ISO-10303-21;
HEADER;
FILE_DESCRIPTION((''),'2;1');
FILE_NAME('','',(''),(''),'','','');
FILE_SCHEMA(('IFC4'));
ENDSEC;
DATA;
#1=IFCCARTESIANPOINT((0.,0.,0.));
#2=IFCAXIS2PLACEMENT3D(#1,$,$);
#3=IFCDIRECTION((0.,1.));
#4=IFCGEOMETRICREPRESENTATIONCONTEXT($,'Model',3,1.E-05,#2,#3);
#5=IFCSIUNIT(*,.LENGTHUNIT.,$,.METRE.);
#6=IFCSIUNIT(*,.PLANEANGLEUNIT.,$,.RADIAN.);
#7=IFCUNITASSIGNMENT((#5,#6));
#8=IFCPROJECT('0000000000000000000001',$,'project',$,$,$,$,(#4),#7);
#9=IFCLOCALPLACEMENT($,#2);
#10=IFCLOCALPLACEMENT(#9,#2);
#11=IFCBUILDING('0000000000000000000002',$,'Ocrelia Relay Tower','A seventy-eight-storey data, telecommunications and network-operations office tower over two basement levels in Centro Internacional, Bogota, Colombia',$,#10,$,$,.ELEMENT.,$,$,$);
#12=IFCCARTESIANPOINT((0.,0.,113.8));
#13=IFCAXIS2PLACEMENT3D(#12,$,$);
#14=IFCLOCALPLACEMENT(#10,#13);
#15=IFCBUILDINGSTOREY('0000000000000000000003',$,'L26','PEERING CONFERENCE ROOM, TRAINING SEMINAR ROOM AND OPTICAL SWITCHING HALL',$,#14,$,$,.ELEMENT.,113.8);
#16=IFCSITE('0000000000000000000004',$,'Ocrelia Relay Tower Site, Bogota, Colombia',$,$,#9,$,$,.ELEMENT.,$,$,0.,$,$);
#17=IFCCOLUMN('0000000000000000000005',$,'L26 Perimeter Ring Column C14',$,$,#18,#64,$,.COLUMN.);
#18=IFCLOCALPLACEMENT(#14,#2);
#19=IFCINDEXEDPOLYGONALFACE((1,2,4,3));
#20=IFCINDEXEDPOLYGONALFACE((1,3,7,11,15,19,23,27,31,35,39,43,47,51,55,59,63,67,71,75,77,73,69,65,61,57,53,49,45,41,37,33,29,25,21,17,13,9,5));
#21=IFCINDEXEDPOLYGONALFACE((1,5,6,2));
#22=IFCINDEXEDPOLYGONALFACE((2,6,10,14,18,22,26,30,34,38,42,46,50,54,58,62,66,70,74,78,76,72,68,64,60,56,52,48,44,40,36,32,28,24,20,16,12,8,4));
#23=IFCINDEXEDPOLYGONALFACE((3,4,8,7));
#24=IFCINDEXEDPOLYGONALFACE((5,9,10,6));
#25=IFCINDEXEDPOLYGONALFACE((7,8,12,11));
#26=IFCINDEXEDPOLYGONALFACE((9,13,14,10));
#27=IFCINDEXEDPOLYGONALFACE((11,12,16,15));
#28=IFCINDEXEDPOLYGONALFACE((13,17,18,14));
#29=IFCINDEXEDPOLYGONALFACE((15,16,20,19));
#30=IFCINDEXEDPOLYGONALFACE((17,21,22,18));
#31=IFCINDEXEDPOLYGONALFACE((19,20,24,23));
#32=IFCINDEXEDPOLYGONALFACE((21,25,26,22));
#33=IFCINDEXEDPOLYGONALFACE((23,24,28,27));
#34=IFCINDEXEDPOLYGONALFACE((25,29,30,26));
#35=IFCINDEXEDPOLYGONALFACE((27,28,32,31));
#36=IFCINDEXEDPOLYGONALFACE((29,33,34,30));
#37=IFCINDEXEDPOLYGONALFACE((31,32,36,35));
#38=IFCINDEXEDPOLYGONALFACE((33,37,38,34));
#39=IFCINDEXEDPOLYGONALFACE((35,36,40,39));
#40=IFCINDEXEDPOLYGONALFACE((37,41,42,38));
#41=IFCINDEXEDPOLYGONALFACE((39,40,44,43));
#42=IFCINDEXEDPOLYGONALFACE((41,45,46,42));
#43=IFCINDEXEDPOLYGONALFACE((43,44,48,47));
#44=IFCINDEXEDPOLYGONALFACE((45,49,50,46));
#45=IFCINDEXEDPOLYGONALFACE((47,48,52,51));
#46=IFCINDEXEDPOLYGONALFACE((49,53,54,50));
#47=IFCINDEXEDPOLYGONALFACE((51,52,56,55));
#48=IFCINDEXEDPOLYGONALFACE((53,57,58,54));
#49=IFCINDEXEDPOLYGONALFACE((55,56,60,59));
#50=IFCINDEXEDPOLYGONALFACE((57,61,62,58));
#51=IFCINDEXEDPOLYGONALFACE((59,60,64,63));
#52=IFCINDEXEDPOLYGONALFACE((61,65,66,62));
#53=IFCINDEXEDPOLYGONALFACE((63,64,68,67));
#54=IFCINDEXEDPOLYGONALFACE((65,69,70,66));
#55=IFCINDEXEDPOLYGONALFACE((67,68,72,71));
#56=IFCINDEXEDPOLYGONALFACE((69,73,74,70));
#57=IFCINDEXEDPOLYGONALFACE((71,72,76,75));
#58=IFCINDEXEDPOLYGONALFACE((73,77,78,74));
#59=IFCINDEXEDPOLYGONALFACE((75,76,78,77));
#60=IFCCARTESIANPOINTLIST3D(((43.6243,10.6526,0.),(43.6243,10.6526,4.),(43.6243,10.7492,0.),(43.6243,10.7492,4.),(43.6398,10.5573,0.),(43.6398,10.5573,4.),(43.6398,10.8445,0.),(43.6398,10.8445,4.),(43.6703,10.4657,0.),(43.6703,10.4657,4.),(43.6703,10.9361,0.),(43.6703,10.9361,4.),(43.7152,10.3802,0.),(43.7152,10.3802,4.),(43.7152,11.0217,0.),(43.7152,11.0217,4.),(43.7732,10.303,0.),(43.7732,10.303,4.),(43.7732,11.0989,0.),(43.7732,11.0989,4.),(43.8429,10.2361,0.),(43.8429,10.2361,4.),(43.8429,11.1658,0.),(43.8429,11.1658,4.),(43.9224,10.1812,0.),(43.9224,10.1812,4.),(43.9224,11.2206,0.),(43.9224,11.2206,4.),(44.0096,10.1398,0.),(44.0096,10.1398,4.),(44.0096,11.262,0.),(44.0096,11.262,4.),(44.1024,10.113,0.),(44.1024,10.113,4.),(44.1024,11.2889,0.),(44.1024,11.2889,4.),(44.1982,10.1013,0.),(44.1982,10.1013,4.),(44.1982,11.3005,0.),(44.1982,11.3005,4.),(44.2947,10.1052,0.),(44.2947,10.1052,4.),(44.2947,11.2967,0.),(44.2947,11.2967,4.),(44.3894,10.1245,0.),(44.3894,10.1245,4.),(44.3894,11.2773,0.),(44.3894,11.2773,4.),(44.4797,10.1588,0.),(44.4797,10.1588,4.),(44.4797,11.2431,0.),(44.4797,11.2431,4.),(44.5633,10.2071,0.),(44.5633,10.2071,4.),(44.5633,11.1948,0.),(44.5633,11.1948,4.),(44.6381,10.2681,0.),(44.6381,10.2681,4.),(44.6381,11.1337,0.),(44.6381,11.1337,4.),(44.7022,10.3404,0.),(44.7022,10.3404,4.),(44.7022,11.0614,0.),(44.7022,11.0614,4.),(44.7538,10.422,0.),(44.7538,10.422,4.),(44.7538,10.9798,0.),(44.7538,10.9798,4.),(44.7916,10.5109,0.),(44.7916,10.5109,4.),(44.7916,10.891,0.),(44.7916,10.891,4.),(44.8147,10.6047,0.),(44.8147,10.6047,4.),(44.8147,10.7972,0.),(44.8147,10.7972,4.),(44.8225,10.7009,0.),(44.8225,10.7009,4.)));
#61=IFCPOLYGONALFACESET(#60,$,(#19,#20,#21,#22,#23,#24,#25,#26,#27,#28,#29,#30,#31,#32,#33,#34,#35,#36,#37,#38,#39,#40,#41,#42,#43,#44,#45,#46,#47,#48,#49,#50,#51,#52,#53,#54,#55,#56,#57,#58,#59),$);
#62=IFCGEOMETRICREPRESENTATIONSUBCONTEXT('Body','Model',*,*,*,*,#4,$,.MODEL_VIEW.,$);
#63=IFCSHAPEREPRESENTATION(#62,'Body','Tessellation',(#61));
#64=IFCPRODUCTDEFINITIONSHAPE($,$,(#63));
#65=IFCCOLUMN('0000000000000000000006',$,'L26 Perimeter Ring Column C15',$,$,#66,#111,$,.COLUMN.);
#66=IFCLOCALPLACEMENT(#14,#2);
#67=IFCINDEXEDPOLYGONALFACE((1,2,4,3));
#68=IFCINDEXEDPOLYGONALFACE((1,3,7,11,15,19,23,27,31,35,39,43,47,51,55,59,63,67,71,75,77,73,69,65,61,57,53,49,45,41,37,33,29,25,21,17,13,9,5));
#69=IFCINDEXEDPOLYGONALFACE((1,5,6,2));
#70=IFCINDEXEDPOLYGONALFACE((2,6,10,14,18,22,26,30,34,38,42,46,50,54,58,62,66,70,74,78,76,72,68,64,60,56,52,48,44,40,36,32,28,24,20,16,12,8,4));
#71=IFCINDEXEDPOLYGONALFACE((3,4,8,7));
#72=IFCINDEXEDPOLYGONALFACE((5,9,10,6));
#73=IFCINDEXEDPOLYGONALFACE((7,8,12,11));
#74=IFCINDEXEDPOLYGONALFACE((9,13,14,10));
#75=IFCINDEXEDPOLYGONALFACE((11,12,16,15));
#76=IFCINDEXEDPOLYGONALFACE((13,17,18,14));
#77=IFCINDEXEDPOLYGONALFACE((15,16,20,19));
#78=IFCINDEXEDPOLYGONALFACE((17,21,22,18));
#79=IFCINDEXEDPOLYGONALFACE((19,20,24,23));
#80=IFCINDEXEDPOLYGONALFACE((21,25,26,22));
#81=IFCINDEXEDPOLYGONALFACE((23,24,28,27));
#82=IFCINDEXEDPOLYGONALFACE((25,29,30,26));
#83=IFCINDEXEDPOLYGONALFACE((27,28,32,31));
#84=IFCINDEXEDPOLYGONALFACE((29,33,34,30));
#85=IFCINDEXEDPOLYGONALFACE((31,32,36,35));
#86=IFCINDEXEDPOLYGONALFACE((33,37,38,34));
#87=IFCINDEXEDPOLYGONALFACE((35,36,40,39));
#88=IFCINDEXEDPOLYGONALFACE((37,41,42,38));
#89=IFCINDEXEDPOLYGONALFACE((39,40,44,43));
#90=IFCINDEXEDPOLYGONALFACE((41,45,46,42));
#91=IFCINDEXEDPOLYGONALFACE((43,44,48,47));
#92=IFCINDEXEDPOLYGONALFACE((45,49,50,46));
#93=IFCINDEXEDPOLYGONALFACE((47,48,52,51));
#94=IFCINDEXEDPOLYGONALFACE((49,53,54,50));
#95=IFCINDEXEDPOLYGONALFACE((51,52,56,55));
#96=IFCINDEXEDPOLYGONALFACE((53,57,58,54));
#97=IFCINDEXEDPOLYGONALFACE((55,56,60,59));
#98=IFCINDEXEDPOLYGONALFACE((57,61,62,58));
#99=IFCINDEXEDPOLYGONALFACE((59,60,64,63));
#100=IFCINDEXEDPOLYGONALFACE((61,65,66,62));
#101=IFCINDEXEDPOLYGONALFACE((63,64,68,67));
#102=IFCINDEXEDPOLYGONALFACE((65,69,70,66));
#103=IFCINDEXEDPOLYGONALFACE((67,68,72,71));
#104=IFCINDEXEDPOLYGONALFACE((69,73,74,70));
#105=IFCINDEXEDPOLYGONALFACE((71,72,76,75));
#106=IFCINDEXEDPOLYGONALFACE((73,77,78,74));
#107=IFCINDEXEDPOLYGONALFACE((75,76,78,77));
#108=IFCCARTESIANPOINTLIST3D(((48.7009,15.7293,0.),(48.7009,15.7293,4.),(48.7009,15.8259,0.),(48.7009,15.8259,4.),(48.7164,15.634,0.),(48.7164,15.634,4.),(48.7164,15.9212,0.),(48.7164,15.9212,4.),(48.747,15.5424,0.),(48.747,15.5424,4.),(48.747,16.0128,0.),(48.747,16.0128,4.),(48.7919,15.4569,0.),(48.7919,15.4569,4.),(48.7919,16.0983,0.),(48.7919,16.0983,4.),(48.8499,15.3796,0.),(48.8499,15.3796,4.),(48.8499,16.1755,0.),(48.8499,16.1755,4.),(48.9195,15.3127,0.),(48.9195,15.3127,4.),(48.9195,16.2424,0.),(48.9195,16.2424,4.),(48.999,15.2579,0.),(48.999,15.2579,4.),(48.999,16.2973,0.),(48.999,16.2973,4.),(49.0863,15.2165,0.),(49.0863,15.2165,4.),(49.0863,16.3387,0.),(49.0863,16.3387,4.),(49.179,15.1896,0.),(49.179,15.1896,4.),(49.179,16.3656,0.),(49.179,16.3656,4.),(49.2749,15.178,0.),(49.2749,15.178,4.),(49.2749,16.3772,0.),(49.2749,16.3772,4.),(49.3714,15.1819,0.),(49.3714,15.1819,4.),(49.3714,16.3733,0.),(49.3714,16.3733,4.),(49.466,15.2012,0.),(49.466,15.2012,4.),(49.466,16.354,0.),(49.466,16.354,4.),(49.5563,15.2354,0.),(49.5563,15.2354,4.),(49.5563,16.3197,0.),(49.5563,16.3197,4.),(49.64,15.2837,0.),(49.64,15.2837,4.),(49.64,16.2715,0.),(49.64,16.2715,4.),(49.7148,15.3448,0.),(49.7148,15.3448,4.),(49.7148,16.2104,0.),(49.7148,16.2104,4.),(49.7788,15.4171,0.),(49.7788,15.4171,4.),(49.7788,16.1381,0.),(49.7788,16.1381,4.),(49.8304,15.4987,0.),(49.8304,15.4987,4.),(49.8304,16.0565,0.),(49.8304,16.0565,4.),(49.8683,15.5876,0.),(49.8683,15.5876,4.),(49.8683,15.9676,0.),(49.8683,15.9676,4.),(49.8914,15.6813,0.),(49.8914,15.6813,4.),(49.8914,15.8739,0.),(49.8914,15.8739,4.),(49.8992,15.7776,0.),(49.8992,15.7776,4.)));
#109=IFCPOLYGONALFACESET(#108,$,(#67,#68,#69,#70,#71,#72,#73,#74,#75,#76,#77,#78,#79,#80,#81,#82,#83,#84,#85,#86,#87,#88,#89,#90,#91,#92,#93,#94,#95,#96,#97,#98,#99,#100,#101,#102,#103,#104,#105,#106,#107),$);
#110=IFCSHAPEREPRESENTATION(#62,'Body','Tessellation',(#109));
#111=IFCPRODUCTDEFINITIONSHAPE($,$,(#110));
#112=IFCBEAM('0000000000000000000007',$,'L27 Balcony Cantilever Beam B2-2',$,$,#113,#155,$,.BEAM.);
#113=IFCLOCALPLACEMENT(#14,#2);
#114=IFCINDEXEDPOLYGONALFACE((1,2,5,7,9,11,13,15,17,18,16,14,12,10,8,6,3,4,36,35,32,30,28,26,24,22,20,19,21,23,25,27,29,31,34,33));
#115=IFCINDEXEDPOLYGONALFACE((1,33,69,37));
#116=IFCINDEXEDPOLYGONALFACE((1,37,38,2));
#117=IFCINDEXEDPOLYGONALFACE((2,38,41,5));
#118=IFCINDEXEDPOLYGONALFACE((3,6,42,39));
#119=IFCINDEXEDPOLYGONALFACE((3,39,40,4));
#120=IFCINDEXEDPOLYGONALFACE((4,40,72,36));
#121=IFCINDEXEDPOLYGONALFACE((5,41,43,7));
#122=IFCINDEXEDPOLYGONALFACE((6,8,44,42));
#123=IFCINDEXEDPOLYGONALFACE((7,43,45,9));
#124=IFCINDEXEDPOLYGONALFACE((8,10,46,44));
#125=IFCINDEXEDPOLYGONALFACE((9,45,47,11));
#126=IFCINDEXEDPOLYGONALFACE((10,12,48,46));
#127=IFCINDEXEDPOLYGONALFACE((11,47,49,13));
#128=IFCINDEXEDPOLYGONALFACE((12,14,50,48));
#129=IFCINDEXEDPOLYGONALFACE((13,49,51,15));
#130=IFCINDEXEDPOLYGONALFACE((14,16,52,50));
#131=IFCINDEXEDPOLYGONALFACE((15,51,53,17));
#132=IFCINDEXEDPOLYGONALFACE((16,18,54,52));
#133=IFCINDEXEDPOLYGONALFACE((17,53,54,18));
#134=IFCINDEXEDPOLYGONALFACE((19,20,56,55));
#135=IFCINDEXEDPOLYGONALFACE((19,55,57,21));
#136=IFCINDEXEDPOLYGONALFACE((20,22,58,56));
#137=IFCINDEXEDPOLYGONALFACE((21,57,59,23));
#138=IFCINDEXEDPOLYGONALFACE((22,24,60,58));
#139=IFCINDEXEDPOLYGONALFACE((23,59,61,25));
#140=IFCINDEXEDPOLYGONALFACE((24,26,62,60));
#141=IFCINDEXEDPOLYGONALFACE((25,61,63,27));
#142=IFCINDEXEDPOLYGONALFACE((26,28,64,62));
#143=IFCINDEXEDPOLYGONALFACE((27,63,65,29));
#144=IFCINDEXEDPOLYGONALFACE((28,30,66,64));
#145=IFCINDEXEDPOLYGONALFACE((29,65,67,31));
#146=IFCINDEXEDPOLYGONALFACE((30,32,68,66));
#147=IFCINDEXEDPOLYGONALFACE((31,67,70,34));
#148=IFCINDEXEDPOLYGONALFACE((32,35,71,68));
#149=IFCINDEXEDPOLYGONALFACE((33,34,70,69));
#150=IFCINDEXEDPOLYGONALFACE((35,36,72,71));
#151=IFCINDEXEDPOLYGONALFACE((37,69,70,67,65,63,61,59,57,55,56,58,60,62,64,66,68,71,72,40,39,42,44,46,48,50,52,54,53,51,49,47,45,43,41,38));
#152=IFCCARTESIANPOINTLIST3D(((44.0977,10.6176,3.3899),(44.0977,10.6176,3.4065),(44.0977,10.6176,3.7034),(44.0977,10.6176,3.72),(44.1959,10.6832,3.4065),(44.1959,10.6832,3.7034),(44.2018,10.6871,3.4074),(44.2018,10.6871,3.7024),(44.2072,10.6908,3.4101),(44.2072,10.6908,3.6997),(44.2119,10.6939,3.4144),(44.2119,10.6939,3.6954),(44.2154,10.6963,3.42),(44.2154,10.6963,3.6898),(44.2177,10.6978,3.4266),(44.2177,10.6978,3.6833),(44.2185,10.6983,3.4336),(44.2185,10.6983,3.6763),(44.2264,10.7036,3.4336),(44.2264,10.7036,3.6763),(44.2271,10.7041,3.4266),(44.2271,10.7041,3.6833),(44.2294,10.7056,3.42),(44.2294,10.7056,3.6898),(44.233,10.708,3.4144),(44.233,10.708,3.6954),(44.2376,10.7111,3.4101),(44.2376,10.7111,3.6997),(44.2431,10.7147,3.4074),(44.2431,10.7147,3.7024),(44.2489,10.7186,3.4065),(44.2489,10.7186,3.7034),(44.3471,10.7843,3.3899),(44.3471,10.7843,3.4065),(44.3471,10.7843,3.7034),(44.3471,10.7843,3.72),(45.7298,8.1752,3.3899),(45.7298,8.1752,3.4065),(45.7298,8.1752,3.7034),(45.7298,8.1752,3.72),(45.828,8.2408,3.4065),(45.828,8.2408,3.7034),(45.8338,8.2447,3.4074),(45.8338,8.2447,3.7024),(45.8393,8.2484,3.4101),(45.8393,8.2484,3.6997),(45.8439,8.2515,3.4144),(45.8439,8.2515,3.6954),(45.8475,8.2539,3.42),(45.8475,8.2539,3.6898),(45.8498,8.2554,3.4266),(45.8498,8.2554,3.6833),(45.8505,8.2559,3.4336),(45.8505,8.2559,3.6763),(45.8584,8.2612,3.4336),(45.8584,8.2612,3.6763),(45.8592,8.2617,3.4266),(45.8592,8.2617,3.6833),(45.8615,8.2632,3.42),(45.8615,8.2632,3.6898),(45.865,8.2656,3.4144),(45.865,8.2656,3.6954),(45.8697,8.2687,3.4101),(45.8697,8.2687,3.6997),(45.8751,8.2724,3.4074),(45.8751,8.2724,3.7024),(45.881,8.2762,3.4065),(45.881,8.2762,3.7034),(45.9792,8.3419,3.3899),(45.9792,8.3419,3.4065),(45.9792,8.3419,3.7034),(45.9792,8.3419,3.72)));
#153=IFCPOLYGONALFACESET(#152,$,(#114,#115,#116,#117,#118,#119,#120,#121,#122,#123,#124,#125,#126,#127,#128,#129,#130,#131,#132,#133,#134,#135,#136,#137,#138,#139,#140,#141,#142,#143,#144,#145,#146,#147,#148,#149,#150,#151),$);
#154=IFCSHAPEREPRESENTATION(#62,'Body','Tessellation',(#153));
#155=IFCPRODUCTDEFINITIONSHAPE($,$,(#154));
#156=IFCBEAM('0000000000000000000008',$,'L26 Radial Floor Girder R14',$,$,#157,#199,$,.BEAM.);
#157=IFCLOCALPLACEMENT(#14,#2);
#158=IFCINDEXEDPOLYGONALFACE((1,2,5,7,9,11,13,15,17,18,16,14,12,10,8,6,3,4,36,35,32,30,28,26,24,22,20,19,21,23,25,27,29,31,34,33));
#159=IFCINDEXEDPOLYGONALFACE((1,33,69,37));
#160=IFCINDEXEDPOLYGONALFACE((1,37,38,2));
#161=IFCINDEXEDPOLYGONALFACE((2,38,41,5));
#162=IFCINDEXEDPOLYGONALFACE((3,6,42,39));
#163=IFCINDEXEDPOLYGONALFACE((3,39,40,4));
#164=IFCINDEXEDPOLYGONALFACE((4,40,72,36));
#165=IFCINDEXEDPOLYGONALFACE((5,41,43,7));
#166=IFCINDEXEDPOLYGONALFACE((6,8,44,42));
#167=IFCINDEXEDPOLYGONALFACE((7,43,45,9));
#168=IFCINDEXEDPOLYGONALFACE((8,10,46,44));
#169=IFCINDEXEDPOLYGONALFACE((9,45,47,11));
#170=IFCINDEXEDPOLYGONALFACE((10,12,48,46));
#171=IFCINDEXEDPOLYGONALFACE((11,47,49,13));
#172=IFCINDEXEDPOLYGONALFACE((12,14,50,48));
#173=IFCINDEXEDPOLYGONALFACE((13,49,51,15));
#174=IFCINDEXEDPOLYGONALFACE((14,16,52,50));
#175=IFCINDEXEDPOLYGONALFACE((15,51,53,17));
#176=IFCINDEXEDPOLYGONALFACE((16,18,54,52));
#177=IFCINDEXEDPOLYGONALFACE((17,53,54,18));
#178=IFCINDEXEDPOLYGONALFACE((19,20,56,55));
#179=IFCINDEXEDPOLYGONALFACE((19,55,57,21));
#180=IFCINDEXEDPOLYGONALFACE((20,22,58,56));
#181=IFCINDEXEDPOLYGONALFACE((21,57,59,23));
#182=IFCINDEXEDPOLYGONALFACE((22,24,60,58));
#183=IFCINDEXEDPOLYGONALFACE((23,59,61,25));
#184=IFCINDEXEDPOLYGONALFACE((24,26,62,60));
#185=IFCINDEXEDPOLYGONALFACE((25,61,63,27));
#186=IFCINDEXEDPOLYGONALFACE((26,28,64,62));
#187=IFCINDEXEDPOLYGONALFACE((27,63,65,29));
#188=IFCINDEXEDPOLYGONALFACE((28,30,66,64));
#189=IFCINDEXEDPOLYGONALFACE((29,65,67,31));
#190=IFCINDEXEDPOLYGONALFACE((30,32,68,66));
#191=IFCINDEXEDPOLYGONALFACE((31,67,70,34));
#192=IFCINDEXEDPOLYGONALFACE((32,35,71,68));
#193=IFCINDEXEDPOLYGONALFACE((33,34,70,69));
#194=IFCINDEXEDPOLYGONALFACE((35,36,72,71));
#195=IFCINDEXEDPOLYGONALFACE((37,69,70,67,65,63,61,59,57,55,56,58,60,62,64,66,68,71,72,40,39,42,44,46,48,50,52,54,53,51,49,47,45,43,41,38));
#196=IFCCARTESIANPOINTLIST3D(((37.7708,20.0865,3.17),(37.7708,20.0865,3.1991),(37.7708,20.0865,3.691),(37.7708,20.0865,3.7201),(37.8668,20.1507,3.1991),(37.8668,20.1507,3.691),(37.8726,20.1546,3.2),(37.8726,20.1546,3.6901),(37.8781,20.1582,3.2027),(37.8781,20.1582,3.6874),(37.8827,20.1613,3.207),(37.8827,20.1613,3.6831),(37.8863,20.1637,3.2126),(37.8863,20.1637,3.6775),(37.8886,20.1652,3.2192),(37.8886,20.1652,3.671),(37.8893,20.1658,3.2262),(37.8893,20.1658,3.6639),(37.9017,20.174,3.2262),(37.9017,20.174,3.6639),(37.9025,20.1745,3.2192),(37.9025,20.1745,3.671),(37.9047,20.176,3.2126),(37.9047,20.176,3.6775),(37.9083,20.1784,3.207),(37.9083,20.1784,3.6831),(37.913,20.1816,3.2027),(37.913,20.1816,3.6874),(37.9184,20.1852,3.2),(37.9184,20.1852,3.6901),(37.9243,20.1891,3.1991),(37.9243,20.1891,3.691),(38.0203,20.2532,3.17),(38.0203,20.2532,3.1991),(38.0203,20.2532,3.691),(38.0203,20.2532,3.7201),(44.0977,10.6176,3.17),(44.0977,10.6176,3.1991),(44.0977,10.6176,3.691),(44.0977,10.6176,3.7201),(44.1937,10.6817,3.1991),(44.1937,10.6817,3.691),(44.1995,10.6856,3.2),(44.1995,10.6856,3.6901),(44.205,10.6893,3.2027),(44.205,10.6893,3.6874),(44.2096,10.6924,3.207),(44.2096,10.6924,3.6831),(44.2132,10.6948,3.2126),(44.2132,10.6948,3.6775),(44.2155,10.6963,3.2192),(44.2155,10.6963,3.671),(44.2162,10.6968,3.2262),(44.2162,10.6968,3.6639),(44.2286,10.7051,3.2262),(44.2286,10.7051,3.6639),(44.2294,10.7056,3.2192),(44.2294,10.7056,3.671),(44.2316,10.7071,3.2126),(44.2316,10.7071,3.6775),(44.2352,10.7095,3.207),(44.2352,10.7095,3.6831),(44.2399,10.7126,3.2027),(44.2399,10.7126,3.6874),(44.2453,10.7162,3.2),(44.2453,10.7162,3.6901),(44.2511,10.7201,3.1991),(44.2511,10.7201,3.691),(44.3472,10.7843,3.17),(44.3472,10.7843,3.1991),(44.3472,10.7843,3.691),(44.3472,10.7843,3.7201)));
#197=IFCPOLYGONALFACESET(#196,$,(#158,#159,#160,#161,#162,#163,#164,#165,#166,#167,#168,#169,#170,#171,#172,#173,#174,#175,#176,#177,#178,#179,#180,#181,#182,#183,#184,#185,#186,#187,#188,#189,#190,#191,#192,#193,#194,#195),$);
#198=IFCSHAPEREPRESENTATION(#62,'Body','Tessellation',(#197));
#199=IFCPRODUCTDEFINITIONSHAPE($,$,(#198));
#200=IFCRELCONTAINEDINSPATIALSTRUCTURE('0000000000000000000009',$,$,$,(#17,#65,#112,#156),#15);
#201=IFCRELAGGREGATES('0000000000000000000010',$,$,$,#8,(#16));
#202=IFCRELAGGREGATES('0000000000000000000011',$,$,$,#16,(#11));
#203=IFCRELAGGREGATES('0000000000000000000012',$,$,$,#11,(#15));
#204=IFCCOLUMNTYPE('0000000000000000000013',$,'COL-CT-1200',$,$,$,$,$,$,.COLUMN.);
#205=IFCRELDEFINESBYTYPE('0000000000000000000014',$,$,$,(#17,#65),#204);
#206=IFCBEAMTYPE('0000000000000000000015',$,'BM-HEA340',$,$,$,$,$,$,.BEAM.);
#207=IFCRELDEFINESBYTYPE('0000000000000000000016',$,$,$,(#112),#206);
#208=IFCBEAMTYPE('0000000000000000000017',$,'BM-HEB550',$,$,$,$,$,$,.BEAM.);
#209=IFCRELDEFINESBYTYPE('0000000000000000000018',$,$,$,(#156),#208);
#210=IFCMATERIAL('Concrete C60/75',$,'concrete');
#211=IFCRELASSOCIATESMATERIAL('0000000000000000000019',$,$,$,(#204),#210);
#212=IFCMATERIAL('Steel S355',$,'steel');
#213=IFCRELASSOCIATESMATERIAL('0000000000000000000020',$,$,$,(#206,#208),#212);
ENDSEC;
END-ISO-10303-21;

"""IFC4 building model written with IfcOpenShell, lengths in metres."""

from ifc_helpers import new_model, si_unit, direction, frame, origin, origin_2d, place, context, subcontext, project, spatial, circle, i_section, extrude, material, material_profile, profile_set, type_object, element, save


model = new_model("IFC4")

# Units and contexts
model_context = context("Model", 3, precision=1e-05, world=origin(), true_north=direction((0.0, 1.0)))
body_context = subcontext(model_context, "Body", "Model", "MODEL_VIEW")
ifc_project = project(units=[si_unit("LENGTHUNIT", "METRE"), si_unit("PLANEANGLEUNIT", "RADIAN")], contexts=[model_context])

# Site, building, storey
site_placement = place(None, origin())
site = spatial("IfcSite", under=ifc_project, at=site_placement, Name="Ocrelia Relay Tower Site, Bogota, Colombia", CompositionType="ELEMENT", RefElevation=0.0)
building_placement = place(site_placement, origin())
building = spatial("IfcBuilding", under=site, at=building_placement, Name="Ocrelia Relay Tower", Description="A seventy-eight-storey data, telecommunications and network-operations office tower over two basement levels in Centro Internacional, Bogota, Colombia", CompositionType="ELEMENT")
storey_placement = place(building_placement, frame((0.0, 0.0, 113.8)))
storey = spatial("IfcBuildingStorey", under=building, at=storey_placement, Name="L26", Description="PEERING CONFERENCE ROOM, TRAINING SEMINAR ROOM AND OPTICAL SWITCHING HALL", CompositionType="ELEMENT", Elevation=113.8)

# Columns
ifc_material_1 = material(Name="Concrete C60/75", Category="concrete")
ifc_material_profile_1 = material_profile(ifc_material_1, circle(Radius=0.6001, at=origin_2d()), Name="RC-CIR-1200")
ifc_profile_set_1 = profile_set([ifc_material_profile_1], Name="Concrete C60/75")
column_type = type_object("IfcColumnType", Name="COL-CT-1200", PredefinedType="COLUMN", material=ifc_profile_set_1)
for number, where, z_axis, x_axis, name in (
    (1, (44.2224, 10.7009, 0.0), (0.0, 0.0, 1.0), (1.0, 0.0, 0.0), "L26 Perimeter Ring Column C14"),
    (2, (49.2991, 15.7776, 0.0), (0.0, 0.0, 1.0), (1.0, 0.0, 0.0), "L26 Perimeter Ring Column C15"),
):
    element("IfcColumn", number, at=place(storey_placement, frame(where, z_axis=z_axis, x_axis=x_axis)), inside=storey, type_object=column_type, Name=name, PredefinedType="COLUMN", context=body_context, shape_type="SweptSolid", body=[
        extrude(circle(Radius=0.6001, at=origin_2d()), origin(), (0.0, 0.0, 1.0), 4.0),
    ])

# Beams
ifc_material_2 = material(Name="Steel S355", Category="steel")
ifc_material_profile_2 = material_profile(ifc_material_2, i_section(OverallWidth=0.3, OverallDepth=0.3301, WebThickness=0.0095, FlangeThickness=0.0166, FilletRadius=0.0271, at=origin_2d()), Name="HEA 340")
ifc_profile_set_2 = profile_set([ifc_material_profile_2], Name="Steel S355")
beam_type_1 = type_object("IfcBeamType", Name="BM-HEA340", PredefinedType="BEAM", material=ifc_profile_set_2)
beam_1_placement = place(storey_placement, frame((44.2224, 10.7009, 3.5549), z_axis=(0.555601, -0.831449, 0.0), x_axis=(0.831449, 0.555601, 0.0)))
element("IfcBeam", 3, at=beam_1_placement, inside=storey, type_object=beam_type_1, Name="L27 Balcony Cantilever Beam B2-2", PredefinedType="BEAM", context=body_context, shape_type="SweptSolid", body=[
    extrude(i_section(OverallWidth=0.3, OverallDepth=0.3301, WebThickness=0.0095, FlangeThickness=0.0166, FilletRadius=0.0271, at=origin_2d()), origin(), (0.0, 0.0, 1.0), 2.9375),
])
ifc_material_profile_3 = material_profile(ifc_material_2, i_section(OverallWidth=0.3, OverallDepth=0.55, WebThickness=0.0149, FlangeThickness=0.0291, FilletRadius=0.0271, at=origin_2d()), Name="HEB 550")
ifc_profile_set_3 = profile_set([ifc_material_profile_3], Name="Steel S355")
beam_type_2 = type_object("IfcBeamType", Name="BM-HEB550", PredefinedType="BEAM", material=ifc_profile_set_3)
beam_2_placement = place(storey_placement, frame((44.2224, 10.7009, 3.4451), z_axis=(-0.555566, 0.831473, 0.0), x_axis=(-0.831473, -0.555566, 0.0)))
element("IfcBeam", 4, at=beam_2_placement, inside=storey, type_object=beam_type_2, Name="L26 Radial Floor Girder R14", PredefinedType="BEAM", context=body_context, shape_type="SweptSolid", body=[
    extrude(i_section(OverallWidth=0.3, OverallDepth=0.55, WebThickness=0.0149, FlangeThickness=0.0291, FilletRadius=0.0271, at=origin_2d()), origin(), (0.0, 0.0, 1.0), 11.3882),
])

save(model, "model.ifc")
